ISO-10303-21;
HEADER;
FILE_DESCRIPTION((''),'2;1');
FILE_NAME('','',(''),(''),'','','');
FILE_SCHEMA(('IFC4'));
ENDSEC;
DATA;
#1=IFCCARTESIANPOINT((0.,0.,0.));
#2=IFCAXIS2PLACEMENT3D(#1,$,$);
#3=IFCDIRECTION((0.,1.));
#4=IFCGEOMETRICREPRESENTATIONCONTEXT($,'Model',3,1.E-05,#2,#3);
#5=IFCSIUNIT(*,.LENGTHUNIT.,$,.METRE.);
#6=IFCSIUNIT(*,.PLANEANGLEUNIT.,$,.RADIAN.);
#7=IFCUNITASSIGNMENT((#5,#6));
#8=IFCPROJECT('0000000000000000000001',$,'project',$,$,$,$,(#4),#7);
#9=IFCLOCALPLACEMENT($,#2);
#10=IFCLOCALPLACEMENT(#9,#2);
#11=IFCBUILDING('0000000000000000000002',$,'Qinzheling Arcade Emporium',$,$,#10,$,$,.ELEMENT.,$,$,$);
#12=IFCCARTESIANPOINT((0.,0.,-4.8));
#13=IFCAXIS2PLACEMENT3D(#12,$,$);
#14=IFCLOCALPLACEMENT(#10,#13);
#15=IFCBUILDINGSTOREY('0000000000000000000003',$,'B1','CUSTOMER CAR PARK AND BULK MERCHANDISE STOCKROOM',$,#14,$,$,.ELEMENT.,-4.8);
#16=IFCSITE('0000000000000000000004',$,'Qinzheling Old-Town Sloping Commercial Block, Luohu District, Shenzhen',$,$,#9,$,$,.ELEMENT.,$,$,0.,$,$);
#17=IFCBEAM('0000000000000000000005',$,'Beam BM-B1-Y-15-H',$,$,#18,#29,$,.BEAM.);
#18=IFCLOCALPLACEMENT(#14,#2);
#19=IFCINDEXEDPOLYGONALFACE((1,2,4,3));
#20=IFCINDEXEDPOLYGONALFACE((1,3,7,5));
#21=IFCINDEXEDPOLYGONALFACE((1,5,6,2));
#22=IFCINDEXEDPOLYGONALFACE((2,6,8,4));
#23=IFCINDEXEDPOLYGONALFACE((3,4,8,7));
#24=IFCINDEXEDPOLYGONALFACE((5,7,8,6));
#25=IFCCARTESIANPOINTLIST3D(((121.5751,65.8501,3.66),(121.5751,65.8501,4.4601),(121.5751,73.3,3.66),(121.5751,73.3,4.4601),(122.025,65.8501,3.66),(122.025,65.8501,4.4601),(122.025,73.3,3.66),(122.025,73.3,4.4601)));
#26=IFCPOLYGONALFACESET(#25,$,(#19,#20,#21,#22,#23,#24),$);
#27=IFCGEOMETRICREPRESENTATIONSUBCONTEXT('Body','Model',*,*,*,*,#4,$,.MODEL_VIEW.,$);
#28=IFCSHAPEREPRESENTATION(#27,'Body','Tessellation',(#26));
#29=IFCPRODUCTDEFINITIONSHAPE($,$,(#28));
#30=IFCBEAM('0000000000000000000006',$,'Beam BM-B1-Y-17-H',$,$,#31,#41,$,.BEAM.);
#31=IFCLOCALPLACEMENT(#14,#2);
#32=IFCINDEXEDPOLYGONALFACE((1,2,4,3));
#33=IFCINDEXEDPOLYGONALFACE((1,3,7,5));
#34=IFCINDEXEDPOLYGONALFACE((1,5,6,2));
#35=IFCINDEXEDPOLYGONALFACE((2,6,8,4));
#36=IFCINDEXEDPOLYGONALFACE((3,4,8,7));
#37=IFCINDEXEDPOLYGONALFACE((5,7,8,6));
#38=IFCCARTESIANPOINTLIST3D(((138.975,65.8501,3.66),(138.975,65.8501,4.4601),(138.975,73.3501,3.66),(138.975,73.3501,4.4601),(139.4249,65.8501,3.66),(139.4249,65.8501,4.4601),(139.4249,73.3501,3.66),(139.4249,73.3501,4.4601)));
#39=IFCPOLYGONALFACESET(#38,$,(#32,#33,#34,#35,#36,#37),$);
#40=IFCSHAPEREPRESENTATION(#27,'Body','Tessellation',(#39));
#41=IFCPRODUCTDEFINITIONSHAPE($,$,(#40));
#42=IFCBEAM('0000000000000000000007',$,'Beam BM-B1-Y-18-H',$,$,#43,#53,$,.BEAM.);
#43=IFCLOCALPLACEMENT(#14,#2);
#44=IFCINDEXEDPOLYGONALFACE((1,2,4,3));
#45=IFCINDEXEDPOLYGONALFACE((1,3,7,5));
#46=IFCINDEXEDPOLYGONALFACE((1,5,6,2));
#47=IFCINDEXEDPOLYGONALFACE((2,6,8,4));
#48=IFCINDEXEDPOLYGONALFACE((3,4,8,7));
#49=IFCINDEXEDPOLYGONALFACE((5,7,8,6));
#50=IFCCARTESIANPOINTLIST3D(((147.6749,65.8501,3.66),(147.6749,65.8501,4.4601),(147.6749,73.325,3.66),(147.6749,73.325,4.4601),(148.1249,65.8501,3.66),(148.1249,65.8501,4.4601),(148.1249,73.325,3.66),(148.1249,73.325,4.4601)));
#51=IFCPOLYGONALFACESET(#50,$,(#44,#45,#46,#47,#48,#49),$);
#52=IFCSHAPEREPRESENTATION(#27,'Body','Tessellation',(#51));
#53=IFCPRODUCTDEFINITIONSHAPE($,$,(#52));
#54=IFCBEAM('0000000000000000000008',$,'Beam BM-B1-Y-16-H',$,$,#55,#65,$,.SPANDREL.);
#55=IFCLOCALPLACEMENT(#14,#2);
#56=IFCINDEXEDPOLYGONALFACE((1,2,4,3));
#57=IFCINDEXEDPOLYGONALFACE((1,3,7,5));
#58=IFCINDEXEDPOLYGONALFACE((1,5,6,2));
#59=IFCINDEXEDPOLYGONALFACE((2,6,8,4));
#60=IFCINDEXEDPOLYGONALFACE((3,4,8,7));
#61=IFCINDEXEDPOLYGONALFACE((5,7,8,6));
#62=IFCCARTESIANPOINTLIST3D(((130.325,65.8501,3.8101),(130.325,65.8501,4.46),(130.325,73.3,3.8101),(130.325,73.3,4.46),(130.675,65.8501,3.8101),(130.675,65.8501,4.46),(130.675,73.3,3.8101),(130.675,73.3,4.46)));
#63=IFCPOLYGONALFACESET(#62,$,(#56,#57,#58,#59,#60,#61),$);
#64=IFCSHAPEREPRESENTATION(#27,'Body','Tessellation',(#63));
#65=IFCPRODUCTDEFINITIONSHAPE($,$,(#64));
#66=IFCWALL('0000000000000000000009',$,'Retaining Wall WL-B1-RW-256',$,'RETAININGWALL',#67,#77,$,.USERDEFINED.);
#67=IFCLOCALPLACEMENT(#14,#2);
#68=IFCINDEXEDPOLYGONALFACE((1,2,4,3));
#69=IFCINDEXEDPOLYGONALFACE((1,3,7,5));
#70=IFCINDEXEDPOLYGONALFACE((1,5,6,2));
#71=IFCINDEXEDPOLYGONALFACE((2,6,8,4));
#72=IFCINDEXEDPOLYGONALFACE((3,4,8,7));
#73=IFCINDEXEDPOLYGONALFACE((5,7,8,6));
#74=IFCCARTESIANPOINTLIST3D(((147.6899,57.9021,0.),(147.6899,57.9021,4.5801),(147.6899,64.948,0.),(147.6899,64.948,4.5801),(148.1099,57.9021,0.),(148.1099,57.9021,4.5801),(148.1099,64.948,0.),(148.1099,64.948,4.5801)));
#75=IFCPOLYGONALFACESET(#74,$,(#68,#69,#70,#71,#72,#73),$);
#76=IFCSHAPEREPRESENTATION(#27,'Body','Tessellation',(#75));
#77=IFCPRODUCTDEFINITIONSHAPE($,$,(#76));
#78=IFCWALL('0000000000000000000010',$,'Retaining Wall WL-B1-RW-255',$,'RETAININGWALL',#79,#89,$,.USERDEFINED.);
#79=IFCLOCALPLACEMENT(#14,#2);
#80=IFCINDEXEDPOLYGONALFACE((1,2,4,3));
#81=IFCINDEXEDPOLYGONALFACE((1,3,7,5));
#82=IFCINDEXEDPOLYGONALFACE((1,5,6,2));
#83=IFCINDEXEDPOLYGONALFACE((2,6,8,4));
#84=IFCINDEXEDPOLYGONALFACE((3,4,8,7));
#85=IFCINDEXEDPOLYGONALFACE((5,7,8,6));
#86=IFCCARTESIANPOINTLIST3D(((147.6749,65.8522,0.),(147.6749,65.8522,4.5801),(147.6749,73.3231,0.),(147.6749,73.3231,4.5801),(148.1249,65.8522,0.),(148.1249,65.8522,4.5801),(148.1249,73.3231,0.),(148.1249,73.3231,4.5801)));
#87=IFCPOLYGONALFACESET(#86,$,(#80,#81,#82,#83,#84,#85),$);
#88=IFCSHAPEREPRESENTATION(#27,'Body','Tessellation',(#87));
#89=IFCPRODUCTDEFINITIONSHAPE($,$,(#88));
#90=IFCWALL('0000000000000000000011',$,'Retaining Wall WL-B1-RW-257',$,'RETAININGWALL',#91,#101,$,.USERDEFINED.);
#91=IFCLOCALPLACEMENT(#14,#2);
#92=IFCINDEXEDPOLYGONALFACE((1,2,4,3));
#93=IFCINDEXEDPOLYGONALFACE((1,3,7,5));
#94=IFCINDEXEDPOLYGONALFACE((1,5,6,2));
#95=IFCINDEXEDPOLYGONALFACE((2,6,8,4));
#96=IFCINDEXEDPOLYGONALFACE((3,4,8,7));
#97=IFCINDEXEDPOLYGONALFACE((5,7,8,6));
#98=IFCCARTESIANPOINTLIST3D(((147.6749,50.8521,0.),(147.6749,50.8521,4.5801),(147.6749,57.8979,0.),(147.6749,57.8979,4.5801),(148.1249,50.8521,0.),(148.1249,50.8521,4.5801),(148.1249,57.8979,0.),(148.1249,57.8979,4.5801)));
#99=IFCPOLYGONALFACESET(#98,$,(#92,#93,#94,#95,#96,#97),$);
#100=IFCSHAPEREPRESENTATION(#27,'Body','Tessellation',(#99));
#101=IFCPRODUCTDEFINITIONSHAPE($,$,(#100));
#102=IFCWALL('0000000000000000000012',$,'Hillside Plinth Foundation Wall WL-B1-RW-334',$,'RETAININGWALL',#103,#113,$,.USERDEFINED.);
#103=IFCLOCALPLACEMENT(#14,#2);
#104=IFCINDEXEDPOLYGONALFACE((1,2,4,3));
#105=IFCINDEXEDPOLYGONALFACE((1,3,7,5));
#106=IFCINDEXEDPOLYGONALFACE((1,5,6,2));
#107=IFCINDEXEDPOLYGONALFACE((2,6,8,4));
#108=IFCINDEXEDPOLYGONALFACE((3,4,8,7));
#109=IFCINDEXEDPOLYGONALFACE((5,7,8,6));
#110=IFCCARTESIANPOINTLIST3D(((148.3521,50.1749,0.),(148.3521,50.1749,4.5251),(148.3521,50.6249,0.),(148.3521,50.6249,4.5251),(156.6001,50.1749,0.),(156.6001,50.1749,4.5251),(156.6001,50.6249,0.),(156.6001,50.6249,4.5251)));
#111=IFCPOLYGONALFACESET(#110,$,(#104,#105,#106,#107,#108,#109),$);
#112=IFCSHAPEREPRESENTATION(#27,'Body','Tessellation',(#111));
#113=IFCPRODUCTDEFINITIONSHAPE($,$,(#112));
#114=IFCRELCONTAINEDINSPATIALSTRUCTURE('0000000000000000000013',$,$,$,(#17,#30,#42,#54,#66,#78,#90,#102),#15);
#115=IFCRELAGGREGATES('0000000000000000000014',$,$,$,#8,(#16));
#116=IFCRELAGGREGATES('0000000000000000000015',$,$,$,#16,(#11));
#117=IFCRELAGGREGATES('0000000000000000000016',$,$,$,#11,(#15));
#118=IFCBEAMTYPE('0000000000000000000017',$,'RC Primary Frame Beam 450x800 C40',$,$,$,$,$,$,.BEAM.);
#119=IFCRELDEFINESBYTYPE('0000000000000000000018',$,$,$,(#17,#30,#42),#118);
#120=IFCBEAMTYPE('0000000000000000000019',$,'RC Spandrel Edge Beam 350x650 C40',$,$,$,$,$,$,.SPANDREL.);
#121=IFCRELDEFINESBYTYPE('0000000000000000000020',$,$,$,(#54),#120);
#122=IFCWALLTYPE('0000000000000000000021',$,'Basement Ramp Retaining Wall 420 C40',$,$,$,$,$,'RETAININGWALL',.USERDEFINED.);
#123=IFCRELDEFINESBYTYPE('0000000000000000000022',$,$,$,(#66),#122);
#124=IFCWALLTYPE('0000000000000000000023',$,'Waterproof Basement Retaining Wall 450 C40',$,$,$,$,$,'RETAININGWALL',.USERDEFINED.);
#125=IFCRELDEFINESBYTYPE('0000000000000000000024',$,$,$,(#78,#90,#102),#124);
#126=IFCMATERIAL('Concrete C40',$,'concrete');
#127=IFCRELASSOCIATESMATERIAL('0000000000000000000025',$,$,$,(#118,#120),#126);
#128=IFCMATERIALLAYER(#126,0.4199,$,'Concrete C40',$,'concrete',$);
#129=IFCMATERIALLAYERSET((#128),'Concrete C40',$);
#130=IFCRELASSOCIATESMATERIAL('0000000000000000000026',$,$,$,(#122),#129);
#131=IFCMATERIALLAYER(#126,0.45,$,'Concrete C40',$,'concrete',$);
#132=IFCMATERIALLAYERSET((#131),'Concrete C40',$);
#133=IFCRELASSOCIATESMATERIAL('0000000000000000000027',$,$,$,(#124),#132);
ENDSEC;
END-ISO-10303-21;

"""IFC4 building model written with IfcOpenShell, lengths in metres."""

from ifc_helpers import new_model, si_unit, direction, frame, frame_2d, origin, origin_2d, place, context, subcontext, project, spatial, rectangle, extrude, material, layer, layer_set, material_profile, profile_set, type_object, element, save


model = new_model("IFC4")

# Units and contexts
model_context = context("Model", 3, precision=1e-05, world=origin(), true_north=direction((0.0, 1.0)))
body_context = subcontext(model_context, "Body", "Model", "MODEL_VIEW")
ifc_project = project(units=[si_unit("LENGTHUNIT", "METRE"), si_unit("PLANEANGLEUNIT", "RADIAN")], contexts=[model_context])

# Site, building, storey
site_placement = place(None, origin())
site = spatial("IfcSite", under=ifc_project, at=site_placement, Name="Qinzheling Old-Town Sloping Commercial Block, Luohu District, Shenzhen", CompositionType="ELEMENT", RefElevation=0.0)
building_placement = place(site_placement, origin())
building = spatial("IfcBuilding", under=site, at=building_placement, Name="Qinzheling Arcade Emporium", CompositionType="ELEMENT")
storey_placement = place(building_placement, frame((0.0, 0.0, -4.8)))
storey = spatial("IfcBuildingStorey", under=building, at=storey_placement, Name="B1", Description="CUSTOMER CAR PARK AND BULK MERCHANDISE STOCKROOM", CompositionType="ELEMENT", Elevation=-4.8)

# Beams
ifc_material_1 = material(Name="Concrete C40", Category="concrete")
ifc_material_profile_1 = material_profile(ifc_material_1, rectangle(XDim=0.45, YDim=0.8, at=origin_2d()), Name="RC 450x800", Category="concrete")
ifc_profile_set_1 = profile_set([ifc_material_profile_1], Name="Concrete C40")
beam_type_1 = type_object("IfcBeamType", Name="RC Primary Frame Beam 450x800 C40", PredefinedType="BEAM", material=ifc_profile_set_1)
beam_1_placement = place(storey_placement, frame((121.8, 65.8501, 4.0601), z_axis=(0.0, 1.0, 0.0), x_axis=(-1.0, 0.0, 0.0)))
element("IfcBeam", 1, at=beam_1_placement, inside=storey, type_object=beam_type_1, Name="Beam BM-B1-Y-15-H", PredefinedType="BEAM", context=body_context, shape_type="SweptSolid", body=[
    extrude(rectangle(XDim=0.45, YDim=0.8, at=origin_2d()), origin(), (0.0, 0.0, 1.0), 7.45),
])
beam_2_placement = place(storey_placement, frame((139.2, 65.8501, 4.0601), z_axis=(0.0, 1.0, 0.0), x_axis=(-1.0, 0.0, 0.0)))
element("IfcBeam", 2, at=beam_2_placement, inside=storey, type_object=beam_type_1, Name="Beam BM-B1-Y-17-H", PredefinedType="BEAM", context=body_context, shape_type="SweptSolid", body=[
    extrude(rectangle(XDim=0.45, YDim=0.8, at=origin_2d()), origin(), (0.0, 0.0, 1.0), 7.5),
])
beam_3_placement = place(storey_placement, frame((147.8999, 65.8501, 4.0601), z_axis=(0.0, 1.0, 0.0), x_axis=(-1.0, 0.0, 0.0)))
element("IfcBeam", 3, at=beam_3_placement, inside=storey, type_object=beam_type_1, Name="Beam BM-B1-Y-18-H", PredefinedType="BEAM", context=body_context, shape_type="SweptSolid", body=[
    extrude(rectangle(XDim=0.45, YDim=0.8, at=origin_2d()), origin(), (0.0, 0.0, 1.0), 7.4749),
])
ifc_material_profile_2 = material_profile(ifc_material_1, rectangle(XDim=0.3501, YDim=0.6499, at=origin_2d()), Name="RC 350x650", Category="concrete")
ifc_profile_set_2 = profile_set([ifc_material_profile_2], Name="Concrete C40")
beam_type_2 = type_object("IfcBeamType", Name="RC Spandrel Edge Beam 350x650 C40", PredefinedType="SPANDREL", material=ifc_profile_set_2)
beam_4_placement = place(storey_placement, frame((130.5, 65.8501, 4.135), z_axis=(0.0, 1.0, 0.0), x_axis=(-1.0, 0.0, 0.0)))
element("IfcBeam", 4, at=beam_4_placement, inside=storey, type_object=beam_type_2, Name="Beam BM-B1-Y-16-H", PredefinedType="SPANDREL", context=body_context, shape_type="SweptSolid", body=[
    extrude(rectangle(XDim=0.3501, YDim=0.6499, at=origin_2d()), origin(), (0.0, 0.0, 1.0), 7.45),
])

# Walls
ifc_layer_1 = layer(ifc_material_1, 0.4199, Name="Concrete C40", Category="concrete")
ifc_layer_set_1 = layer_set([ifc_layer_1], Name="Concrete C40")
wall_type_1 = type_object("IfcWallType", Name="Basement Ramp Retaining Wall 420 C40", ElementType="RETAININGWALL", PredefinedType="USERDEFINED", material=ifc_layer_set_1)
wall_1_placement = place(storey_placement, frame((147.8999, 64.948, 0.0), z_axis=(0.0, 0.0, 1.0), x_axis=(0.0, -1.0, 0.0)))
element("IfcWall", 5, at=wall_1_placement, inside=storey, type_object=wall_type_1, Name="Retaining Wall WL-B1-RW-256", ObjectType="RETAININGWALL", PredefinedType="USERDEFINED", context=body_context, shape_type="SweptSolid", body=[
    extrude(rectangle(XDim=7.0459, YDim=0.4199, at=frame_2d((3.5229, 0.0))), origin(), (0.0, 0.0, 1.0), 4.5801),
])
ifc_layer_2 = layer(ifc_material_1, 0.45, Name="Concrete C40", Category="concrete")
ifc_layer_set_2 = layer_set([ifc_layer_2], Name="Concrete C40")
wall_type_2 = type_object("IfcWallType", Name="Waterproof Basement Retaining Wall 450 C40", ElementType="RETAININGWALL", PredefinedType="USERDEFINED", material=ifc_layer_set_2)
wall_2_placement = place(storey_placement, frame((147.8999, 73.323, 0.0), z_axis=(0.0, 0.0, 1.0), x_axis=(0.0, -1.0, 0.0)))
element("IfcWall", 6, at=wall_2_placement, inside=storey, type_object=wall_type_2, Name="Retaining Wall WL-B1-RW-255", ObjectType="RETAININGWALL", PredefinedType="USERDEFINED", context=body_context, shape_type="SweptSolid", body=[
    extrude(rectangle(XDim=7.4709, YDim=0.45, at=frame_2d((3.7354, 0.0))), origin(), (0.0, 0.0, 1.0), 4.5801),
])
wall_3_placement = place(storey_placement, frame((147.8999, 57.8979, 0.0), z_axis=(0.0, 0.0, 1.0), x_axis=(0.0, -1.0, 0.0)))
element("IfcWall", 7, at=wall_3_placement, inside=storey, type_object=wall_type_2, Name="Retaining Wall WL-B1-RW-257", ObjectType="RETAININGWALL", PredefinedType="USERDEFINED", context=body_context, shape_type="SweptSolid", body=[
    extrude(rectangle(XDim=7.0459, YDim=0.45, at=frame_2d((3.5229, 0.0))), origin(), (0.0, 0.0, 1.0), 4.5801),
])
wall_4_placement = place(storey_placement, frame((148.3521, 50.3999, 0.0), z_axis=(0.0, 0.0, 1.0), x_axis=(1.0, 0.0, 0.0)))
element("IfcWall", 8, at=wall_4_placement, inside=storey, type_object=wall_type_2, Name="Hillside Plinth Foundation Wall WL-B1-RW-334", ObjectType="RETAININGWALL", PredefinedType="USERDEFINED", context=body_context, shape_type="SweptSolid", body=[
    extrude(rectangle(XDim=8.248, YDim=0.45, at=frame_2d((4.124, 0.0))), origin(), (0.0, 0.0, 1.0), 4.5251),
])

save(model, "model.ifc")
